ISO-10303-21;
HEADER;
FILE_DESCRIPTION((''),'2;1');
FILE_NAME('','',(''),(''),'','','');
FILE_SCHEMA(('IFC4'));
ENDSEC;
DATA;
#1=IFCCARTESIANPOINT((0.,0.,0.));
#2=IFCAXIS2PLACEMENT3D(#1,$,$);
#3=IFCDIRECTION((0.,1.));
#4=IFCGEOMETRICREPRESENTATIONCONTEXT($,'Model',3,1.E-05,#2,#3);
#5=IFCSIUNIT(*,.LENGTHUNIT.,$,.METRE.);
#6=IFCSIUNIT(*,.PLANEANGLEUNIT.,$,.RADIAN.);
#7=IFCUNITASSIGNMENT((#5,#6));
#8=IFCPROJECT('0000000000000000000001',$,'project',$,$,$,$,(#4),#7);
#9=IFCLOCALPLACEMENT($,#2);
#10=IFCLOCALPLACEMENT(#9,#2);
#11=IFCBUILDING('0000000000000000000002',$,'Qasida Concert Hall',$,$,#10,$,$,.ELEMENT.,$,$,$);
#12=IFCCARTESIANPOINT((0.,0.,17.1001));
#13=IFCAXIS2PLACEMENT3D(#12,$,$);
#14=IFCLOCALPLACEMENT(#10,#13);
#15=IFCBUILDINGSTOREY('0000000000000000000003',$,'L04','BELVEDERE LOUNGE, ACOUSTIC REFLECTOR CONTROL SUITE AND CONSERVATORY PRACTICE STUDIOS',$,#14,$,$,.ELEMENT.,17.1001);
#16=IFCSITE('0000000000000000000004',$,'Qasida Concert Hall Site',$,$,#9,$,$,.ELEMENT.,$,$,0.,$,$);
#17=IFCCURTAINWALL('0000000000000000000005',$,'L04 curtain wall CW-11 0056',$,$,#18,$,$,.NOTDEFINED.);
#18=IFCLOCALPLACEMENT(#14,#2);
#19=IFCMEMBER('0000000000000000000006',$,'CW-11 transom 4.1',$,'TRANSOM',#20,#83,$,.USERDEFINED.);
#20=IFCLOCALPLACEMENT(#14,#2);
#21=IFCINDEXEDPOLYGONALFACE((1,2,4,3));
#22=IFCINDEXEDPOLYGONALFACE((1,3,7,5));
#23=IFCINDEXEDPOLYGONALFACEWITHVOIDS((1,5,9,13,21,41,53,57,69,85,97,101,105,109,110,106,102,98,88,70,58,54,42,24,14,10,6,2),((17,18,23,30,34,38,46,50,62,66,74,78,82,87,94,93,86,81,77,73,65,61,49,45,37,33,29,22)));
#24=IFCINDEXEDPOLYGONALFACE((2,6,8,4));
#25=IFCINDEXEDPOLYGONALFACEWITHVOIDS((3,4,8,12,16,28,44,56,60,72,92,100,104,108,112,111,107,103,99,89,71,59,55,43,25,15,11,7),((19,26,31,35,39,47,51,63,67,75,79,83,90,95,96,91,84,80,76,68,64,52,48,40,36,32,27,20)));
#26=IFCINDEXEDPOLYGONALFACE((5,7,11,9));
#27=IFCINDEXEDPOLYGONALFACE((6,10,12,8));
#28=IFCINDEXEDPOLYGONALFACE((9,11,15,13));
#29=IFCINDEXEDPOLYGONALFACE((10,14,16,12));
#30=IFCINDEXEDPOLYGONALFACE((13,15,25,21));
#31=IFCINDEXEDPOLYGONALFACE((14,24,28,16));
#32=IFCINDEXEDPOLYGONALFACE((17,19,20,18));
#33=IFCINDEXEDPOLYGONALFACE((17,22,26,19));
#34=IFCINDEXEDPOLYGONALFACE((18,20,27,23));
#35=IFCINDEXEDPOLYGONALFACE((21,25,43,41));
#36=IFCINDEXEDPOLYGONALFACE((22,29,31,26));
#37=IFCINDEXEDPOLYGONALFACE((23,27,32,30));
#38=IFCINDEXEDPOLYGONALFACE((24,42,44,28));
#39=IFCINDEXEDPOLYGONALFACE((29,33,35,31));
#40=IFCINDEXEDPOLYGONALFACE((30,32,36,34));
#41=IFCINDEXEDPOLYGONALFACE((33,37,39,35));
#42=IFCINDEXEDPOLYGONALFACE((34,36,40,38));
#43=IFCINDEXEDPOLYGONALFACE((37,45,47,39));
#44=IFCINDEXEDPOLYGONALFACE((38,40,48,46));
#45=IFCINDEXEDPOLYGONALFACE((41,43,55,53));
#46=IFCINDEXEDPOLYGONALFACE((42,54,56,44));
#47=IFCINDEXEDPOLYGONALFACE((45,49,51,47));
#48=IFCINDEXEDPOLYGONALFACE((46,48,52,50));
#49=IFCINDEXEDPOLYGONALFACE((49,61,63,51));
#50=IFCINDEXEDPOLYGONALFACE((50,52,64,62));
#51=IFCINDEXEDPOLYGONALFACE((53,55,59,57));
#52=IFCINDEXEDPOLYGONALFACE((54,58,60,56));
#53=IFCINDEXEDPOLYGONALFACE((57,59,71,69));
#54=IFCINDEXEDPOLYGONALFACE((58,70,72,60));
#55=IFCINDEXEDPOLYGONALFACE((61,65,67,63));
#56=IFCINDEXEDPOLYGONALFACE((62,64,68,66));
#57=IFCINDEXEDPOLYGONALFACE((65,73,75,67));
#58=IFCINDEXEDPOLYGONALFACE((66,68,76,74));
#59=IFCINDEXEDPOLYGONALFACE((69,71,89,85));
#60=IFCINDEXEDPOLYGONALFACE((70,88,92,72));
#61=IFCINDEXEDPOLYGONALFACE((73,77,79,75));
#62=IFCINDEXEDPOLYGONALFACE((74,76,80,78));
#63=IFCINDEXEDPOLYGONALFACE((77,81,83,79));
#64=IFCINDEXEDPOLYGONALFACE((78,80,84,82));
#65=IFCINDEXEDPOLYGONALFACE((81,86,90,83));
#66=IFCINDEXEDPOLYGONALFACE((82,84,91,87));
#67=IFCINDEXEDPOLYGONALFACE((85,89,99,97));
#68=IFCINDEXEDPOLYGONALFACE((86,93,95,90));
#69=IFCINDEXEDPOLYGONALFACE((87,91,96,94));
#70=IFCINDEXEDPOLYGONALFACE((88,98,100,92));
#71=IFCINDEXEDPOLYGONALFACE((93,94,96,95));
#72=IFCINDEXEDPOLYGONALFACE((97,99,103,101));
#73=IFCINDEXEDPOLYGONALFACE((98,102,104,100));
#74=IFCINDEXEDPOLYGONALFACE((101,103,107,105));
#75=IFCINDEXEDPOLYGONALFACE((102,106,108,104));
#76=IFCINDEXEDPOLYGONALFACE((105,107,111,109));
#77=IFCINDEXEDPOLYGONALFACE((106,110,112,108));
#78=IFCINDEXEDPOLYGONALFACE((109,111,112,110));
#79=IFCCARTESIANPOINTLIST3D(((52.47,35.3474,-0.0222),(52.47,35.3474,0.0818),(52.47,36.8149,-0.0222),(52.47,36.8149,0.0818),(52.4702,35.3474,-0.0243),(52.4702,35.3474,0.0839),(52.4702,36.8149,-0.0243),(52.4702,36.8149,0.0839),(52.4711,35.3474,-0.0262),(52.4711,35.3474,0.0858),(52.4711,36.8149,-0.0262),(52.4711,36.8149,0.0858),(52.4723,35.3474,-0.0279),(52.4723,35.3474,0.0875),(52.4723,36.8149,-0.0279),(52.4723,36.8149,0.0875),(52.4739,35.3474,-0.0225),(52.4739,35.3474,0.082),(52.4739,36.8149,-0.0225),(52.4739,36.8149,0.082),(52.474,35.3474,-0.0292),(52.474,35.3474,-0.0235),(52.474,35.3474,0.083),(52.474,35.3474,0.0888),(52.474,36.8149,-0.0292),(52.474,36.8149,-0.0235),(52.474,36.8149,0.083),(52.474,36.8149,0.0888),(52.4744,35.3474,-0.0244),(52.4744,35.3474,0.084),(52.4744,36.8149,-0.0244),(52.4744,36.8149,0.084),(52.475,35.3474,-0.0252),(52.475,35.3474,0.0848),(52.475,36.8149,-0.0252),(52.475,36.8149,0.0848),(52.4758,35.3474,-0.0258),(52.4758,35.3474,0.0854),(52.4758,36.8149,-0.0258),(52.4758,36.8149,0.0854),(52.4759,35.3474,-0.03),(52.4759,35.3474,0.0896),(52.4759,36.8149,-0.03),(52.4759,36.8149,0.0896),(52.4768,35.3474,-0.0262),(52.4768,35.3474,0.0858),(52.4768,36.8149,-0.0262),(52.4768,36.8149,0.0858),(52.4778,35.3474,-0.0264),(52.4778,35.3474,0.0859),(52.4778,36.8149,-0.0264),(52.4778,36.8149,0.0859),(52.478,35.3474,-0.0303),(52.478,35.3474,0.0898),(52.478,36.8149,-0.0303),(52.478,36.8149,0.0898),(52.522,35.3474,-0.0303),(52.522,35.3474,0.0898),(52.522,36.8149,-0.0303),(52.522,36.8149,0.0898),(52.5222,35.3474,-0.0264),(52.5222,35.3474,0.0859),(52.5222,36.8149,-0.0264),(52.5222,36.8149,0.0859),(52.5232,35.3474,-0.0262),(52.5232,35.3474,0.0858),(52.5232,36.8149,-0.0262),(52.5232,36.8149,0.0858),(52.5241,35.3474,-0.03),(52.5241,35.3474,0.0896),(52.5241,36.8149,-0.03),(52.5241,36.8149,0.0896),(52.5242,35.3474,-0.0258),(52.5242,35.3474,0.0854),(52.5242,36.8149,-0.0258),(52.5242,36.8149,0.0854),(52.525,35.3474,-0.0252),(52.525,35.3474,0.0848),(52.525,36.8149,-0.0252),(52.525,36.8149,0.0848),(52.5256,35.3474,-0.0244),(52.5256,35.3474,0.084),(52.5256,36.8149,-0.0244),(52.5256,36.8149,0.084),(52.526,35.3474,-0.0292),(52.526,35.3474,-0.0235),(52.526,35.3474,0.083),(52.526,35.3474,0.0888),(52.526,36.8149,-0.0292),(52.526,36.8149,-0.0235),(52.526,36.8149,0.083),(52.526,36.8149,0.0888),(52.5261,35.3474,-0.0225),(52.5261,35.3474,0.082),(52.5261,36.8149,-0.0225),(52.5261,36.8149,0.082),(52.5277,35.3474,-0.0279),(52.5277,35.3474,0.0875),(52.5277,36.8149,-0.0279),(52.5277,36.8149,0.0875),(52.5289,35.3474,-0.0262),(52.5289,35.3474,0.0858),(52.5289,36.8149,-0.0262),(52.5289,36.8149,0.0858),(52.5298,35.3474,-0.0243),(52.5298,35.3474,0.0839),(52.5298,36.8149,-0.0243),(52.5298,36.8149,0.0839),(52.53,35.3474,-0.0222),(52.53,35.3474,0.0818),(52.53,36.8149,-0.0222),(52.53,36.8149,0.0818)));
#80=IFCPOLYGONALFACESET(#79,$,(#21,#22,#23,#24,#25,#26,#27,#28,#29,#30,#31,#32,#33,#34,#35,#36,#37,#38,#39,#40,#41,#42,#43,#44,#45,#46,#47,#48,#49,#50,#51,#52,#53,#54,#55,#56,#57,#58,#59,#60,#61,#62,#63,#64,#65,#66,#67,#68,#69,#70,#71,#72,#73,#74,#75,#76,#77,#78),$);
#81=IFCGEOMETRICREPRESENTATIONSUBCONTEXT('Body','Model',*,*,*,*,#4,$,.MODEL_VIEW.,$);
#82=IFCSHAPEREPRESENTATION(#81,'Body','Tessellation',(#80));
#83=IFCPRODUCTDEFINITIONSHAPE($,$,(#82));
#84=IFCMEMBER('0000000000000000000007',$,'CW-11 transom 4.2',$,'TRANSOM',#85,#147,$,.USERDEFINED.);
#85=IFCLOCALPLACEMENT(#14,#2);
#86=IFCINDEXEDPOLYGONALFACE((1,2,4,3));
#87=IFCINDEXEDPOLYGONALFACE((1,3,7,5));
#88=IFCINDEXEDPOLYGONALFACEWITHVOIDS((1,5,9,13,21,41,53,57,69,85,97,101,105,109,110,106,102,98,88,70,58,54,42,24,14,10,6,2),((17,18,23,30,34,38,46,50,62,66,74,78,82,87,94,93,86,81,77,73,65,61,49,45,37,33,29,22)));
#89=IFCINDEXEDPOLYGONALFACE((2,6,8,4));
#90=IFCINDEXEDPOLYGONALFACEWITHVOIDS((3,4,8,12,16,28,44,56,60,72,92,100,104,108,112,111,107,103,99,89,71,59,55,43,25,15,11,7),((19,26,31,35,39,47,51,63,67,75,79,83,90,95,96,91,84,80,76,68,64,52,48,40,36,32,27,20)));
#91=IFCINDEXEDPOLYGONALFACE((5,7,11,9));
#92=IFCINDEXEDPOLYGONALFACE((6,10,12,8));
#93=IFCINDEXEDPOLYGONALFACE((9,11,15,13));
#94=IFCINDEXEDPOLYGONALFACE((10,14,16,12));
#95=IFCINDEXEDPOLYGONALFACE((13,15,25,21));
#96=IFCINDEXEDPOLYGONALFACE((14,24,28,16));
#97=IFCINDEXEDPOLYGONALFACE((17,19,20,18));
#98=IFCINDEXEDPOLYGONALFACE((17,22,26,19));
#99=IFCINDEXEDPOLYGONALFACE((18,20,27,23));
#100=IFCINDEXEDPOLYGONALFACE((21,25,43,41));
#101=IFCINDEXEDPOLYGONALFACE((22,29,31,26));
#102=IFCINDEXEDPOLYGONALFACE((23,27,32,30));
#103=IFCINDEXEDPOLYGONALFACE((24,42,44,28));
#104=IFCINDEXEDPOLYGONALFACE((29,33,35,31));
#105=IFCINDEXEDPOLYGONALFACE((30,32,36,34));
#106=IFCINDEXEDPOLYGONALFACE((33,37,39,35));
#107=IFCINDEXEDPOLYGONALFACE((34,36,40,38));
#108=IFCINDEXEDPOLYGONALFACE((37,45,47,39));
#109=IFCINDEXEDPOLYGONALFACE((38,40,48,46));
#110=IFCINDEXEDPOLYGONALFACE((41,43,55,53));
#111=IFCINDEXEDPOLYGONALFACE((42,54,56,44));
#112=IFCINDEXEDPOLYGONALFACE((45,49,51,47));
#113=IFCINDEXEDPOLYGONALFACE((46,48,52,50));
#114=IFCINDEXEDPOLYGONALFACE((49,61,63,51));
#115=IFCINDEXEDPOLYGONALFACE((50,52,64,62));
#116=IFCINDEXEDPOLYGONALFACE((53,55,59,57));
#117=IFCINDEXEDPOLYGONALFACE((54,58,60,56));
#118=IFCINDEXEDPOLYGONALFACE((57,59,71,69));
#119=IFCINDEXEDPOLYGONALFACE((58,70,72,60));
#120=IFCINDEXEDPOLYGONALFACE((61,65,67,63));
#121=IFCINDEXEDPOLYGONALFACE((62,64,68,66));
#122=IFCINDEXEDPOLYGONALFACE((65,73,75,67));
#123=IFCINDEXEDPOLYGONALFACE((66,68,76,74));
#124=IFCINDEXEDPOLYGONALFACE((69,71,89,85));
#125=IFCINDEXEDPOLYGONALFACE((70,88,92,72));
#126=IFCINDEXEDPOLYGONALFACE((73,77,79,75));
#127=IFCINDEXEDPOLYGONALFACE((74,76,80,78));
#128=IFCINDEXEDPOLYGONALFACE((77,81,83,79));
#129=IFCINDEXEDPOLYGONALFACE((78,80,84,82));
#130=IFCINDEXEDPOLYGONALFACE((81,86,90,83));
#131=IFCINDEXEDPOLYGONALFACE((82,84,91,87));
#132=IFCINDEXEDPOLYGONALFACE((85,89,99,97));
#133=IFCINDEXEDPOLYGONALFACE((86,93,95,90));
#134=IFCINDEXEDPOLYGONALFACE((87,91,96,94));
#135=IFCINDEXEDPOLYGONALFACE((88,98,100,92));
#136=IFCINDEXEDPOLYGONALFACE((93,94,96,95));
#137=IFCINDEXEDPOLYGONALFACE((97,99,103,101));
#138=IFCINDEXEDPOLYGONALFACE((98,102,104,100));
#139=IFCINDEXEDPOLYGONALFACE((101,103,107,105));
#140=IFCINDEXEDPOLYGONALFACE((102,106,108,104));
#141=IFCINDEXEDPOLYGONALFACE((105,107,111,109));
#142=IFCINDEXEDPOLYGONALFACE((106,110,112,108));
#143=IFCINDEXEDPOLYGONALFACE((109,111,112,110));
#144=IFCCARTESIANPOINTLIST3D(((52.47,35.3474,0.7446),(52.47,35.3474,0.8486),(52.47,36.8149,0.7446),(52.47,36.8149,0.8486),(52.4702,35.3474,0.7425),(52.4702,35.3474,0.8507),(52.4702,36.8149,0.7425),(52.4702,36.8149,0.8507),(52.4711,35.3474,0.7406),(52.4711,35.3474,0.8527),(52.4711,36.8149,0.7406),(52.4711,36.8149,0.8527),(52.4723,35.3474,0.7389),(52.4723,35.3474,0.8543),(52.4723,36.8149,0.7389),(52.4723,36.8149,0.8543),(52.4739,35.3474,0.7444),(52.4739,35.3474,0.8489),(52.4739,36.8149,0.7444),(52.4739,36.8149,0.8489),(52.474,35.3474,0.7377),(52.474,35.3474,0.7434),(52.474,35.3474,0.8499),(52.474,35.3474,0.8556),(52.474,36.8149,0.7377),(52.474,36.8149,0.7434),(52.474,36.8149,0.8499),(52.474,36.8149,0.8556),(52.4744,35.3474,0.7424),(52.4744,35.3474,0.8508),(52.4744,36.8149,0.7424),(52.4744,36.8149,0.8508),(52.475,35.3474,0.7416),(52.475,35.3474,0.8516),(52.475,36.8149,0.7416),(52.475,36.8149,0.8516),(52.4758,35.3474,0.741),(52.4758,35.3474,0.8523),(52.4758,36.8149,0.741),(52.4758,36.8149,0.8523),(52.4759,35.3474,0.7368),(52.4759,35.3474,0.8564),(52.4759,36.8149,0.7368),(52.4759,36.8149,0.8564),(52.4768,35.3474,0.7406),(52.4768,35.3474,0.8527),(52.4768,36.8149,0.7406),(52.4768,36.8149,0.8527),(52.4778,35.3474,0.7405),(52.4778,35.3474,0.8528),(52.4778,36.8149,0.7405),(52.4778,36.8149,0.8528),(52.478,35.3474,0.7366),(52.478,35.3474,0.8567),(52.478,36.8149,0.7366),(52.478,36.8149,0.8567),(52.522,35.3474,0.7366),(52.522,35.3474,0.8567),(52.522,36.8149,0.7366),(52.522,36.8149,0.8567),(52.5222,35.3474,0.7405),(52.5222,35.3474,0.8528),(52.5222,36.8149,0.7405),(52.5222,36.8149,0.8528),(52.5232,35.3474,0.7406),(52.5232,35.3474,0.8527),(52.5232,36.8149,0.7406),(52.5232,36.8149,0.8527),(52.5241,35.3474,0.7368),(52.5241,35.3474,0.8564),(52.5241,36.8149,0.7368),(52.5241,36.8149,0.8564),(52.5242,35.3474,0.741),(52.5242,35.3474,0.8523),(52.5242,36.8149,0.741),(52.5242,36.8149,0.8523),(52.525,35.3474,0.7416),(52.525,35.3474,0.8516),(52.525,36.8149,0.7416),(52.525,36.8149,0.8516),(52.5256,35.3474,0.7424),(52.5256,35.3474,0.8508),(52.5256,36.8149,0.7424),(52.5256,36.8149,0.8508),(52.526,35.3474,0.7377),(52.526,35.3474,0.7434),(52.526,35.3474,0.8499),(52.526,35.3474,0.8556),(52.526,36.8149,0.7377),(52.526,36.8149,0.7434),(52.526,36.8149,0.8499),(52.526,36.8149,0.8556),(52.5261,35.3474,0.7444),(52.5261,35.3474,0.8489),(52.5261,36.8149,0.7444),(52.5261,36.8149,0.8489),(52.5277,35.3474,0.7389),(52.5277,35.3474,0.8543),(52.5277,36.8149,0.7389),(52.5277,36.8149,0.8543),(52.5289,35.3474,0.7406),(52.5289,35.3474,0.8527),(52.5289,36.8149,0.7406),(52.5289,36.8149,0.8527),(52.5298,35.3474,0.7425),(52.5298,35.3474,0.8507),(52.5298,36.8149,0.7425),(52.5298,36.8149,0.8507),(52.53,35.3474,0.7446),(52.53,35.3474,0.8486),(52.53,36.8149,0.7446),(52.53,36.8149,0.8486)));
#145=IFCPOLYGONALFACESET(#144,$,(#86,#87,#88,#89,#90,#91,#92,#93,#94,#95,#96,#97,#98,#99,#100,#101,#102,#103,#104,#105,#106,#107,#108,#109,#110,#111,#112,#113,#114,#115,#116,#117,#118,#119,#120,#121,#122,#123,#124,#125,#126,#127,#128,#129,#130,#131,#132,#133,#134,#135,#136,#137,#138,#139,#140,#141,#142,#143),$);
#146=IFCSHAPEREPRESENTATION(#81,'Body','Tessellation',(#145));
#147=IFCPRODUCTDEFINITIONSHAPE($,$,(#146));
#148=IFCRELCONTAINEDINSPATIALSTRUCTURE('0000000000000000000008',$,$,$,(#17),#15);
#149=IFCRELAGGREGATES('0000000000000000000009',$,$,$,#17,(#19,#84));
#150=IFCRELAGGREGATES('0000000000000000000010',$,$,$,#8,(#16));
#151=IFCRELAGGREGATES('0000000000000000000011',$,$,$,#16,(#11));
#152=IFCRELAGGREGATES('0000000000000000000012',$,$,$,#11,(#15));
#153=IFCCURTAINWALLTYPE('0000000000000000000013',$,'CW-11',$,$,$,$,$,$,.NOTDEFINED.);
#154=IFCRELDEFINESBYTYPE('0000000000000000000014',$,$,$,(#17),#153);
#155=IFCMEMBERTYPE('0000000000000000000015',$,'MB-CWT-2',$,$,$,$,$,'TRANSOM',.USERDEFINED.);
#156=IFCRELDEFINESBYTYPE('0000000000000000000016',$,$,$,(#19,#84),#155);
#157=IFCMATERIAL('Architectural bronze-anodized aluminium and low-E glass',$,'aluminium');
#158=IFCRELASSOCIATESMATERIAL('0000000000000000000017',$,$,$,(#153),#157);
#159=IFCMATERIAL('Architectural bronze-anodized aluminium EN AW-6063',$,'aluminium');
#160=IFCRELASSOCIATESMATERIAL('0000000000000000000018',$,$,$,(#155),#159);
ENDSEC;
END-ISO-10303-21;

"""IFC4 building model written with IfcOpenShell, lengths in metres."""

from ifc_helpers import new_model, si_unit, direction, frame, origin, origin_2d, place, context, subcontext, project, spatial, hollow_rectangle, extrude, material, material_profile, profile_set, type_object, element, aggregate, save


model = new_model("IFC4")

# Units and contexts
model_context = context("Model", 3, precision=1e-05, world=origin(), true_north=direction((0.0, 1.0)))
body_context = subcontext(model_context, "Body", "Model", "MODEL_VIEW")
ifc_project = project(units=[si_unit("LENGTHUNIT", "METRE"), si_unit("PLANEANGLEUNIT", "RADIAN")], contexts=[model_context])

# Site, building, storey
site_placement = place(None, origin())
site = spatial("IfcSite", under=ifc_project, at=site_placement, Name="Qasida Concert Hall Site", CompositionType="ELEMENT", RefElevation=0.0)
building_placement = place(site_placement, origin())
building = spatial("IfcBuilding", under=site, at=building_placement, Name="Qasida Concert Hall", CompositionType="ELEMENT")
storey_placement = place(building_placement, frame((0.0, 0.0, 17.1001)))
storey = spatial("IfcBuildingStorey", under=building, at=storey_placement, Name="L04", Description="BELVEDERE LOUNGE, ACOUSTIC REFLECTOR CONTROL SUITE AND CONSERVATORY PRACTICE STUDIOS", CompositionType="ELEMENT", Elevation=17.1001)

# Curtain wall
ifc_material_1 = material(Name="Architectural bronze-anodized aluminium and low-E glass", Category="aluminium")
curtain_wall_type = type_object("IfcCurtainWallType", Name="CW-11", PredefinedType="NOTDEFINED", material=ifc_material_1)
curtain_wall_1_placement = place(storey_placement, origin())
curtain_wall_1 = element("IfcCurtainWall", 1, at=curtain_wall_1_placement, inside=storey, type_object=curtain_wall_type, Name="L04 curtain wall CW-11 0056", PredefinedType="NOTDEFINED")
ifc_material_2 = material(Name="Architectural bronze-anodized aluminium EN AW-6063", Category="aluminium")

# Members
ifc_material_profile_1 = material_profile(ifc_material_2, hollow_rectangle(XDim=0.0601, YDim=0.1201, WallThickness=0.0039, InnerFilletRadius=0.0039, OuterFilletRadius=0.0081, at=origin_2d()), Name="CWT 120x60x4")
ifc_profile_set_1 = profile_set([ifc_material_profile_1], Name="Architectural bronze-anodized aluminium EN AW-6063")
member_type_1 = type_object("IfcMemberType", Name="MB-CWT-2", ElementType="TRANSOM", PredefinedType="USERDEFINED", material=ifc_profile_set_1)
member_1_placement = place(storey_placement, frame((52.5, 35.3474, 0.0298), z_axis=(0.0, 1.0, 0.0), x_axis=(-1.0, 0.0, 0.0)))
member_1 = element("IfcMember", 2, at=member_1_placement, type_object=member_type_1, Name="CW-11 transom 4.1", ObjectType="TRANSOM", PredefinedType="USERDEFINED", context=body_context, shape_type="SweptSolid", body=[
    extrude(hollow_rectangle(XDim=0.0601, YDim=0.1201, WallThickness=0.0039, InnerFilletRadius=0.0039, OuterFilletRadius=0.0081, at=origin_2d()), origin(), (0.0, 0.0, 1.0), 1.4675),
])
member_2_placement = place(storey_placement, frame((52.5, 35.3474, 0.7966), z_axis=(0.0, 1.0, 0.0), x_axis=(-1.0, 0.0, 0.0)))
member_2 = element("IfcMember", 3, at=member_2_placement, type_object=member_type_1, Name="CW-11 transom 4.2", ObjectType="TRANSOM", PredefinedType="USERDEFINED", context=body_context, shape_type="SweptSolid", body=[
    extrude(hollow_rectangle(XDim=0.0601, YDim=0.1201, WallThickness=0.0039, InnerFilletRadius=0.0039, OuterFilletRadius=0.0081, at=origin_2d()), origin(), (0.0, 0.0, 1.0), 1.4675),
])

aggregate(curtain_wall_1, [member_1, member_2])

save(model, "model.ifc")
